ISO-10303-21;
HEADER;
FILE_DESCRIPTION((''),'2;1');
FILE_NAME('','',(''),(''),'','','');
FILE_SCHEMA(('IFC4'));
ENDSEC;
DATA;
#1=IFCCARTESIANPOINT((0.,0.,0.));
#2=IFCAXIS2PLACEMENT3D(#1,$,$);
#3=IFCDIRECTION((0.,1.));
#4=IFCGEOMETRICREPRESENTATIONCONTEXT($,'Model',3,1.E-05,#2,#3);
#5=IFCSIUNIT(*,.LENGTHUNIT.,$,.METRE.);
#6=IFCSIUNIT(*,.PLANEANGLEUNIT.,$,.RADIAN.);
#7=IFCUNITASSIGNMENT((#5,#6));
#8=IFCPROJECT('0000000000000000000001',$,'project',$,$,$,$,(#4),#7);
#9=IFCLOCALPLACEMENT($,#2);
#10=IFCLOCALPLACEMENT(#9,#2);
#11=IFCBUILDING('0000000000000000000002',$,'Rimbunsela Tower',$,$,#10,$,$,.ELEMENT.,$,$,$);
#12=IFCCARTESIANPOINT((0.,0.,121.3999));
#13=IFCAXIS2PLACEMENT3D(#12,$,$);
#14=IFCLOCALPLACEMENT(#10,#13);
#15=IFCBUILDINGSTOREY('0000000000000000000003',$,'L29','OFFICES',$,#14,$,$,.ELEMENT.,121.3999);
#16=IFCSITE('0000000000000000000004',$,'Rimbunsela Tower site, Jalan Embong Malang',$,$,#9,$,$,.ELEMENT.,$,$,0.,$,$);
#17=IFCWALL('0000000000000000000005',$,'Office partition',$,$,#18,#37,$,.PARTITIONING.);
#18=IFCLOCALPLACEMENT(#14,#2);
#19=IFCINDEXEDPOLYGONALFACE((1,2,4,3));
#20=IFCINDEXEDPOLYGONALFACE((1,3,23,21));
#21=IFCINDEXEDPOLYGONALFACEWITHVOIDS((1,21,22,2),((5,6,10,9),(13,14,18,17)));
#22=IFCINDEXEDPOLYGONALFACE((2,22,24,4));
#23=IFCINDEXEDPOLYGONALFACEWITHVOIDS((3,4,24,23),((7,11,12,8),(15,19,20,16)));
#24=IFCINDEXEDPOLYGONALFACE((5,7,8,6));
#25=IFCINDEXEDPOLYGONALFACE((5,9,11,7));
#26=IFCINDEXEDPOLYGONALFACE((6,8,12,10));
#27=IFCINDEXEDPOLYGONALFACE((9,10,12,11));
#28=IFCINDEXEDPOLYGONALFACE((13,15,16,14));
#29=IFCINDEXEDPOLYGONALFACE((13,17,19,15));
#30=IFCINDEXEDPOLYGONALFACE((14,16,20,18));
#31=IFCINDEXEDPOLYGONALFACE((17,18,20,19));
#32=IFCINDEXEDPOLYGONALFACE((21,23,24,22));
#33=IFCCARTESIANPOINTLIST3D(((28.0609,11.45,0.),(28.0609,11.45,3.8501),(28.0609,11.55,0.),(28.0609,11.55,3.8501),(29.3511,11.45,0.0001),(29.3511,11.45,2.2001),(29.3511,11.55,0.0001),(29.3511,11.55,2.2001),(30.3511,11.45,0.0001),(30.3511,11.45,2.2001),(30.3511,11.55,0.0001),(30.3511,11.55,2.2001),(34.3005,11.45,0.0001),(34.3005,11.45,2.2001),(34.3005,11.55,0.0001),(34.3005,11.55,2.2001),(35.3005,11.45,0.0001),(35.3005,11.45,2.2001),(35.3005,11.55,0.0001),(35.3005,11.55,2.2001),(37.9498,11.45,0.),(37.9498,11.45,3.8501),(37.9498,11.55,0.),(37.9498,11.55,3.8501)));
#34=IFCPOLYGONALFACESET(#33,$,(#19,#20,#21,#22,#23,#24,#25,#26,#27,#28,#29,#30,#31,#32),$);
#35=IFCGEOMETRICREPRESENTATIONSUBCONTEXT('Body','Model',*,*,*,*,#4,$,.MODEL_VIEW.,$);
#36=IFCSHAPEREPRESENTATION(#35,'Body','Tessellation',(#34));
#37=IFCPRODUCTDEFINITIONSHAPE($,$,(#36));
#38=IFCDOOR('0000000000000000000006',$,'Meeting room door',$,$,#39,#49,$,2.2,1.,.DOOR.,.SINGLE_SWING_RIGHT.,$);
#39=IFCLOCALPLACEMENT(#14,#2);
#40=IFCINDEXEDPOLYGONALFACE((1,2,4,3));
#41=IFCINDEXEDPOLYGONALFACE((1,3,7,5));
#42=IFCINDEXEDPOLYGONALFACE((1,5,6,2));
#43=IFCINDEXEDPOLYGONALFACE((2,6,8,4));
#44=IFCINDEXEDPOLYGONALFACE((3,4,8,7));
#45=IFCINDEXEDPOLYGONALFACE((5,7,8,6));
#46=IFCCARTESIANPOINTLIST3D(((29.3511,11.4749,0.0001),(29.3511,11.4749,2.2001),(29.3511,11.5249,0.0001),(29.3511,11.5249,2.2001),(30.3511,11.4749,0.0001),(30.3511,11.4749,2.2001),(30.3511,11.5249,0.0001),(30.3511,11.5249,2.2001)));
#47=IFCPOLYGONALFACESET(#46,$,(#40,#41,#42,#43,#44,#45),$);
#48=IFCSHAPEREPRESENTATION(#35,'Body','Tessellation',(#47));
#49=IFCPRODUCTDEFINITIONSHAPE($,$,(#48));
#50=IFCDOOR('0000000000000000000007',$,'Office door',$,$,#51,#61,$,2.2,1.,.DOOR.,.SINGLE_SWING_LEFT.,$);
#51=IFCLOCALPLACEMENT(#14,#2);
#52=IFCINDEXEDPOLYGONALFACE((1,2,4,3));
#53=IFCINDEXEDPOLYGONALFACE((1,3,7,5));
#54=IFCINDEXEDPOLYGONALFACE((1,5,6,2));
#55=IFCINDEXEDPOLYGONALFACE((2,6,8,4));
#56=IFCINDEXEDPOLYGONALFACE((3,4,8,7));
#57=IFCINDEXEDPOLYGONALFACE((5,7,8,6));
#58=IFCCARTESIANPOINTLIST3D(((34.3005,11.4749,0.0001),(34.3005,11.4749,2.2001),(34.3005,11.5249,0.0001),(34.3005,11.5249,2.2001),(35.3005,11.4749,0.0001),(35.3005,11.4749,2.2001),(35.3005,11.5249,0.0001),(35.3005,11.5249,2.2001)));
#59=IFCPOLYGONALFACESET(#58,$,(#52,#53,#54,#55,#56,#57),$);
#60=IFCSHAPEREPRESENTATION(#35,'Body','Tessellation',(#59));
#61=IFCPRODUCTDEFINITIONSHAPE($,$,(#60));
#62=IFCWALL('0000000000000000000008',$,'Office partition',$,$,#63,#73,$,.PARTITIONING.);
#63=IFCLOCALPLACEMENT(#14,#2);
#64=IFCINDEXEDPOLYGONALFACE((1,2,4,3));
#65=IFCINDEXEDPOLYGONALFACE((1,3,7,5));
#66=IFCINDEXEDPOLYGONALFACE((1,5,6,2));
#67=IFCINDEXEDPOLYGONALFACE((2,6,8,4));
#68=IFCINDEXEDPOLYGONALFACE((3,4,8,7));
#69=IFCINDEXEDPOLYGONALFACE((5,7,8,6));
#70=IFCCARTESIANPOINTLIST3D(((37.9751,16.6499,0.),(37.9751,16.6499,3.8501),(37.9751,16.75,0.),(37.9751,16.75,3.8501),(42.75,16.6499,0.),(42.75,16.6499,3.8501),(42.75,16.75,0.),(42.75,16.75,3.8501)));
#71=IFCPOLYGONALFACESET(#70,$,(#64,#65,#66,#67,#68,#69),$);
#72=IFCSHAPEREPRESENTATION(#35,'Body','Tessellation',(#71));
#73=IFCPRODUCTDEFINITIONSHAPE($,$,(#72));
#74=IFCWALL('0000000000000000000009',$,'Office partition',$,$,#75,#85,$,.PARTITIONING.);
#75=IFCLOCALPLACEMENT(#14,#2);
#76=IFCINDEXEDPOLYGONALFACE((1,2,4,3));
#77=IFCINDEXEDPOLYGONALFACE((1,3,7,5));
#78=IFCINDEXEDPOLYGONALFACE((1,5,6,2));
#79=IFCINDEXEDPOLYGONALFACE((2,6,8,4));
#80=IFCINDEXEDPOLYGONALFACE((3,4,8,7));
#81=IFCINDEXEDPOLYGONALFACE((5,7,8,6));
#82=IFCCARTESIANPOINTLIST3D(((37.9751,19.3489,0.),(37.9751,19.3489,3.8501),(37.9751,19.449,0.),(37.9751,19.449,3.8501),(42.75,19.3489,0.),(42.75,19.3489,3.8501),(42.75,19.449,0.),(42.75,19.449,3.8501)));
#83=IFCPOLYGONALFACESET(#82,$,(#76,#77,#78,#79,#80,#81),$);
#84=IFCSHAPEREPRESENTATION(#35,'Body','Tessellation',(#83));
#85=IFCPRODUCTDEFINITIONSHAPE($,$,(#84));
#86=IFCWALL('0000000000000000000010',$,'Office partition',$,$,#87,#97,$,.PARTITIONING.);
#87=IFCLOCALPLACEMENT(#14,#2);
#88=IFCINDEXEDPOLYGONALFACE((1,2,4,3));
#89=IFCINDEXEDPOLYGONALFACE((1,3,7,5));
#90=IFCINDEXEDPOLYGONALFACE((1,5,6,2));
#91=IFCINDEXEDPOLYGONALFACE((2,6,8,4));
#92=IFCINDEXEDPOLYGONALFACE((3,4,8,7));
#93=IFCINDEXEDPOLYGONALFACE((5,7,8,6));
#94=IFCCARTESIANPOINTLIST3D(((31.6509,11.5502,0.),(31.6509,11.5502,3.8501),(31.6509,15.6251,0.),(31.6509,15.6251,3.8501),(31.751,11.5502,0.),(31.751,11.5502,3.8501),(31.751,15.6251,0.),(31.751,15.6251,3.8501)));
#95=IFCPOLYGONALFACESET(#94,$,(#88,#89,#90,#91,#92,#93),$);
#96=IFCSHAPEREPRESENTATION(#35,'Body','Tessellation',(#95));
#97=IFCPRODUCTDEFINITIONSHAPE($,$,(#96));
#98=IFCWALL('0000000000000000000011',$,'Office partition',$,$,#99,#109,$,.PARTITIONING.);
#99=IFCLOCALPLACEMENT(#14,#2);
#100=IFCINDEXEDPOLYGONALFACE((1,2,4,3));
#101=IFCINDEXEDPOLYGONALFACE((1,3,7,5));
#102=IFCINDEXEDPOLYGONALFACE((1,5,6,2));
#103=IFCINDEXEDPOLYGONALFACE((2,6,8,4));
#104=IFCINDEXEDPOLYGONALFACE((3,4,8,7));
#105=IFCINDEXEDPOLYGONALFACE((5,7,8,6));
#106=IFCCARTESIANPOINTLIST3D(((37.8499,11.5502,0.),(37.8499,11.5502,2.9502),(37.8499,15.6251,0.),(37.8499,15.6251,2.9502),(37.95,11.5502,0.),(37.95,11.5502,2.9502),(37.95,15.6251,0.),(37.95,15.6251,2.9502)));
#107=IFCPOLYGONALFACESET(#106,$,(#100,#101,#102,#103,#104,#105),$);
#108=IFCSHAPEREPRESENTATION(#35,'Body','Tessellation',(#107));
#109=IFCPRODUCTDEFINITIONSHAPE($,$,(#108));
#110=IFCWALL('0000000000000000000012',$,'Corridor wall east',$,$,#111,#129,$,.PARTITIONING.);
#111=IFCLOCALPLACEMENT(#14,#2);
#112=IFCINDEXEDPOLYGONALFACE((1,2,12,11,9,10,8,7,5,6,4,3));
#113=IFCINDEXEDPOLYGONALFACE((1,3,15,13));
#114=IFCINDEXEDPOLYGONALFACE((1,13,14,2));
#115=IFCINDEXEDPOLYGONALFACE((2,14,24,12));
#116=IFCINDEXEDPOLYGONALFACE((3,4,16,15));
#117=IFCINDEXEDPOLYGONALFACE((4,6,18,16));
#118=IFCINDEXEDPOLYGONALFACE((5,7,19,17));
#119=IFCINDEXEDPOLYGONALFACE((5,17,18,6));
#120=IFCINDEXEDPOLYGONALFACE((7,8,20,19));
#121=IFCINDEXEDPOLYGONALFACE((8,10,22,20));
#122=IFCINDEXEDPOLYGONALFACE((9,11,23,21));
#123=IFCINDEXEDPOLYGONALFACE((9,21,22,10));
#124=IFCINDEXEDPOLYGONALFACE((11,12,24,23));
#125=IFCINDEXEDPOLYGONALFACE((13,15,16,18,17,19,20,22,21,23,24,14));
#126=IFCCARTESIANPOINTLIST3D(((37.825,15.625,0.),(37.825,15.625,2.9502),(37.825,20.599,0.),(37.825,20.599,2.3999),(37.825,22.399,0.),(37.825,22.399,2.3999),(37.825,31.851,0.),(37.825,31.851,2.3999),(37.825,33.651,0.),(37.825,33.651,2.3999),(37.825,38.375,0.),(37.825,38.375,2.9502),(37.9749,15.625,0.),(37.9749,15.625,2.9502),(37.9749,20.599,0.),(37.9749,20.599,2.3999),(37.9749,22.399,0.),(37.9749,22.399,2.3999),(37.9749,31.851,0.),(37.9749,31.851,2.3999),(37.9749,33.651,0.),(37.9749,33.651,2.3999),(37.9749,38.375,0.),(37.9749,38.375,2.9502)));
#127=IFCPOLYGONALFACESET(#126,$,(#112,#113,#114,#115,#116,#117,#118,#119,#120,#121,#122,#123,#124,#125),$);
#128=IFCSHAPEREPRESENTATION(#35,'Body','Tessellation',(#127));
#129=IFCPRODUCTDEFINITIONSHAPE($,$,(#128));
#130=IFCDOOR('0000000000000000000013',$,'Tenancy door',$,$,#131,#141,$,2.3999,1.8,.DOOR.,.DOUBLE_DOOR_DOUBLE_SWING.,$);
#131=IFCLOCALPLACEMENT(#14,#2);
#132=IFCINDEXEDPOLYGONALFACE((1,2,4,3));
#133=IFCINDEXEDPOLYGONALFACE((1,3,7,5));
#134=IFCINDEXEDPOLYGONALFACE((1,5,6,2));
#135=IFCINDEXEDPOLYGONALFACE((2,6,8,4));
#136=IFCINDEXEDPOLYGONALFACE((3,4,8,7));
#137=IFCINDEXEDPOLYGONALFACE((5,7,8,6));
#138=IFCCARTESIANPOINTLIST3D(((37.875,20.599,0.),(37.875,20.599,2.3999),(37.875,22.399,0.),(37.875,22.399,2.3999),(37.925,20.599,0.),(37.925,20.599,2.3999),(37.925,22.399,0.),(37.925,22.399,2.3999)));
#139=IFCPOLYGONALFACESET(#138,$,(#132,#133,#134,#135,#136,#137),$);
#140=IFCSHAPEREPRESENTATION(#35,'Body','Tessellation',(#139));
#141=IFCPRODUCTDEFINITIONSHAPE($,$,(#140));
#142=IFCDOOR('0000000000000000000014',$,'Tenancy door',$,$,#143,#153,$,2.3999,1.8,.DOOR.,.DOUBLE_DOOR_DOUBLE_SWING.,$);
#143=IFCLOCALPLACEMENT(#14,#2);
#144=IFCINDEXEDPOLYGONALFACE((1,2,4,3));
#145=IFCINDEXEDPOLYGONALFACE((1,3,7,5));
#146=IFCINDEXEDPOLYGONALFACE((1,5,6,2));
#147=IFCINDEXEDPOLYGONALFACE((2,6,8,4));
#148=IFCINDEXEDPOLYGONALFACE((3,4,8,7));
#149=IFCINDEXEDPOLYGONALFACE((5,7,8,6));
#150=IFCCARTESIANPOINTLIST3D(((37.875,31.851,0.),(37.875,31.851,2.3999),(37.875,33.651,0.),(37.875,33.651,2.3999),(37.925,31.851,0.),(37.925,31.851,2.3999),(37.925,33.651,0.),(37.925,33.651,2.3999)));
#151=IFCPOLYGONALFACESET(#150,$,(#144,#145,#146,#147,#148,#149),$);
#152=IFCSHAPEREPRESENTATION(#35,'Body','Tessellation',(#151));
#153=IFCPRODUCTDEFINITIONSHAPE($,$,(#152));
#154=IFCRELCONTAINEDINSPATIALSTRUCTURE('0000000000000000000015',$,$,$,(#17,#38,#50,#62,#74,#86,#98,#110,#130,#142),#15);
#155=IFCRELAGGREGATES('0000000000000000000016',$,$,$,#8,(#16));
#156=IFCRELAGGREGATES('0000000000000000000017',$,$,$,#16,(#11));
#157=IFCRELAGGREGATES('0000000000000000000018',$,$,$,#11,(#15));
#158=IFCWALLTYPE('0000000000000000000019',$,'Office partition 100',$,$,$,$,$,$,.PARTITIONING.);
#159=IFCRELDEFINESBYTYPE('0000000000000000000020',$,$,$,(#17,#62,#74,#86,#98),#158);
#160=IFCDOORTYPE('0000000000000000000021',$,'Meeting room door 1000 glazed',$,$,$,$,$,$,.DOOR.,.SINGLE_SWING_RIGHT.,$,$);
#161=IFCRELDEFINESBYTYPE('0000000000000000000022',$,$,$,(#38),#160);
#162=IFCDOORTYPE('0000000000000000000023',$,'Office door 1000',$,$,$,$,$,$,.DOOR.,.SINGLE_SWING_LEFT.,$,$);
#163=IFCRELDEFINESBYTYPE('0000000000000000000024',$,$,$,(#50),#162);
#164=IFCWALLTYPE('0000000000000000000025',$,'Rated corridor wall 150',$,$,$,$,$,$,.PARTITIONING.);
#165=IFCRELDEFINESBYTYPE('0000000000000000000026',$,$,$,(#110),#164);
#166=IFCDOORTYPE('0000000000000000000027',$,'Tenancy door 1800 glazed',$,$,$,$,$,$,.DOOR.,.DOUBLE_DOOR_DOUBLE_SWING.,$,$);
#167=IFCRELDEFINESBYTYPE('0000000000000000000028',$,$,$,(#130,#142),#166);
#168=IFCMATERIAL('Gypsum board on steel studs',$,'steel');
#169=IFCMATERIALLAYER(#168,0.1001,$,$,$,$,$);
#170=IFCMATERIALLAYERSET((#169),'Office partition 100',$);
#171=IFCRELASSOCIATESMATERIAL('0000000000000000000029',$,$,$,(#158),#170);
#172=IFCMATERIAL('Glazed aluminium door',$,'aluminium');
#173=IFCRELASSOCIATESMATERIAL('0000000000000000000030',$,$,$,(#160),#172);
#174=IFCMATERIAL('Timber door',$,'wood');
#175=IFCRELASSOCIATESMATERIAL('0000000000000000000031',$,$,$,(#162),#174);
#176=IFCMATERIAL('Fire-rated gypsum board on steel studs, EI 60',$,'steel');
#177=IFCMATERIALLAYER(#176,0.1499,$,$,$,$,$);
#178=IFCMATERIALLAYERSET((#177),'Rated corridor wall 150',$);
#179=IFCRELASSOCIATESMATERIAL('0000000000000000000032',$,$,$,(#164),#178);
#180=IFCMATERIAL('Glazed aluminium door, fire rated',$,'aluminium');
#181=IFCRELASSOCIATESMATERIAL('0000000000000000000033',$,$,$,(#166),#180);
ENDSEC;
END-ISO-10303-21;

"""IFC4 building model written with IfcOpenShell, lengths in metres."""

from ifc_helpers import new_model, si_unit, direction, frame, frame_2d, origin, place, context, subcontext, project, spatial, rectangle, extrude, material, layer, layer_set, type_object, element, fill, save


model = new_model("IFC4")

# Units and contexts
model_context = context("Model", 3, precision=1e-05, world=origin(), true_north=direction((0.0, 1.0)))
body_context = subcontext(model_context, "Body", "Model", "MODEL_VIEW")
ifc_project = project(units=[si_unit("LENGTHUNIT", "METRE"), si_unit("PLANEANGLEUNIT", "RADIAN")], contexts=[model_context])

# Site, building, storey
site_placement = place(None, origin())
site = spatial("IfcSite", under=ifc_project, at=site_placement, Name="Rimbunsela Tower site, Jalan Embong Malang", CompositionType="ELEMENT", RefElevation=0.0)
building_placement = place(site_placement, origin())
building = spatial("IfcBuilding", under=site, at=building_placement, Name="Rimbunsela Tower", CompositionType="ELEMENT")
storey_placement = place(building_placement, frame((0.0, 0.0, 121.3999)))
storey = spatial("IfcBuildingStorey", under=building, at=storey_placement, Name="L29", Description="OFFICES", CompositionType="ELEMENT", Elevation=121.3999)

# Wall, openings, doors
ifc_material_1 = material(Name="Gypsum board on steel studs", Category="steel")
ifc_layer_1 = layer(ifc_material_1, 0.1001)
ifc_layer_set_1 = layer_set([ifc_layer_1], Name="Office partition 100")
wall_type_1 = type_object("IfcWallType", Name="Office partition 100", PredefinedType="PARTITIONING", material=ifc_layer_set_1)
wall_1_placement = place(storey_placement, frame((28.061, 11.5, 0.0), z_axis=(0.0, 0.0, 1.0), x_axis=(1.0, 0.0, 0.0)))
wall_1 = element("IfcWall", 1, at=wall_1_placement, inside=storey, type_object=wall_type_1, Name="Office partition", PredefinedType="PARTITIONING", context=body_context, shape_type="SweptSolid", body=[
    extrude(rectangle(XDim=9.8889, YDim=0.1001, at=frame_2d((4.9443, 0.0))), origin(), (0.0, 0.0, 1.0), 3.8501),
])
opening_1_placement = place(wall_1_placement, frame((1.29, 0.0, 0.0)))
opening_1 = element("IfcOpeningElement", 2, at=opening_1_placement, cuts=wall_1, PredefinedType="OPENING", context=body_context, shape_type="SweptSolid", body=[
    extrude(rectangle(XDim=1.0, YDim=2.2, at=frame_2d((0.5, 1.1001))), frame((0.0, 0.0601, 0.0), z_axis=(0.0, -1.0, 0.0), x_axis=(1.0, 0.0, 0.0)), (0.0, 0.0, 1.0), 0.1201),
])
opening_2_placement = place(wall_1_placement, frame((6.2395, 0.0, 0.0)))
opening_2 = element("IfcOpeningElement", 3, at=opening_2_placement, cuts=wall_1, PredefinedType="OPENING", context=body_context, shape_type="SweptSolid", body=[
    extrude(rectangle(XDim=1.0, YDim=2.2, at=frame_2d((0.5, 1.1001))), frame((0.0, 0.0601, 0.0), z_axis=(0.0, -1.0, 0.0), x_axis=(1.0, 0.0, 0.0)), (0.0, 0.0, 1.0), 0.1201),
])
ifc_material_2 = material(Name="Glazed aluminium door", Category="aluminium")
door_type_1 = type_object("IfcDoorType", Name="Meeting room door 1000 glazed", OperationType="SINGLE_SWING_RIGHT", PredefinedType="DOOR", material=ifc_material_2)
door_1_placement = place(opening_1_placement, origin())
door_1 = element("IfcDoor", 4, at=door_1_placement, inside=storey, type_object=door_type_1, Name="Meeting room door", OperationType="SINGLE_SWING_RIGHT", OverallHeight=2.2, OverallWidth=1.0, PredefinedType="DOOR", context=body_context, shape_type="SweptSolid", body=[
    extrude(rectangle(XDim=1.0, YDim=2.2, at=frame_2d((0.5, 1.1001))), frame((0.0, 0.0249, 0.0), z_axis=(0.0, -1.0, 0.0), x_axis=(1.0, 0.0, 0.0)), (0.0, 0.0, 1.0), 0.05),
])
fill(opening_1, door_1)
ifc_material_3 = material(Name="Timber door", Category="wood")
door_type_2 = type_object("IfcDoorType", Name="Office door 1000", OperationType="SINGLE_SWING_LEFT", PredefinedType="DOOR", material=ifc_material_3)
door_2_placement = place(opening_2_placement, origin())
door_2 = element("IfcDoor", 5, at=door_2_placement, inside=storey, type_object=door_type_2, Name="Office door", OperationType="SINGLE_SWING_LEFT", OverallHeight=2.2, OverallWidth=1.0, PredefinedType="DOOR", context=body_context, shape_type="SweptSolid", body=[
    extrude(rectangle(XDim=1.0, YDim=2.2, at=frame_2d((0.5, 1.1001))), frame((0.0, 0.0249, 0.0), z_axis=(0.0, -1.0, 0.0), x_axis=(1.0, 0.0, 0.0)), (0.0, 0.0, 1.0), 0.05),
])
fill(opening_2, door_2)

# Walls
for number, where, z_axis, x_axis, name in (
    (6, (37.9751, 16.7, 0.0), (0.0, 0.0, 1.0), (1.0, 0.0, 0.0), "Office partition"),
    (7, (37.9751, 19.3989, 0.0), (0.0, 0.0, 1.0), (1.0, 0.0, 0.0), "Office partition"),
):
    element("IfcWall", number, at=place(storey_placement, frame(where, z_axis=z_axis, x_axis=x_axis)), inside=storey, type_object=wall_type_1, Name=name, PredefinedType="PARTITIONING", context=body_context, shape_type="SweptSolid", body=[
        extrude(rectangle(XDim=4.7749, YDim=0.1001, at=frame_2d((2.3875, 0.0))), origin(), (0.0, 0.0, 1.0), 3.8501),
    ])
wall_2_placement = place(storey_placement, frame((31.7009, 11.55, 0.0), z_axis=(0.0, 0.0, 1.0), x_axis=(0.0, 1.0, 0.0)))
element("IfcWall", 8, at=wall_2_placement, inside=storey, type_object=wall_type_1, Name="Office partition", PredefinedType="PARTITIONING", context=body_context, shape_type="SweptSolid", body=[
    extrude(rectangle(XDim=4.075, YDim=0.1001, at=frame_2d((2.0376, 0.0))), origin(), (0.0, 0.0, 1.0), 3.8501),
])
wall_3_placement = place(storey_placement, frame((37.8999, 11.55, 0.0), z_axis=(0.0, 0.0, 1.0), x_axis=(0.0, 1.0, 0.0)))
element("IfcWall", 9, at=wall_3_placement, inside=storey, type_object=wall_type_1, Name="Office partition", PredefinedType="PARTITIONING", context=body_context, shape_type="SweptSolid", body=[
    extrude(rectangle(XDim=4.075, YDim=0.1001, at=frame_2d((2.0376, 0.0))), origin(), (0.0, 0.0, 1.0), 2.9502),
])

# Wall, openings, doors
ifc_material_4 = material(Name="Fire-rated gypsum board on steel studs, EI 60", Category="steel")
ifc_layer_2 = layer(ifc_material_4, 0.1499)
ifc_layer_set_2 = layer_set([ifc_layer_2], Name="Rated corridor wall 150")
wall_type_2 = type_object("IfcWallType", Name="Rated corridor wall 150", PredefinedType="PARTITIONING", material=ifc_layer_set_2)
wall_4_placement = place(storey_placement, frame((37.8999, 15.625, 0.0), z_axis=(0.0, 0.0, 1.0), x_axis=(0.0, 1.0, 0.0)))
wall_4 = element("IfcWall", 10, at=wall_4_placement, inside=storey, type_object=wall_type_2, Name="Corridor wall east", PredefinedType="PARTITIONING", context=body_context, shape_type="SweptSolid", body=[
    extrude(rectangle(XDim=22.75, YDim=0.1499, at=frame_2d((11.375, 0.0))), origin(), (0.0, 0.0, 1.0), 2.9502),
])
opening_3_placement = place(wall_4_placement, frame((4.9741, 0.0, 0.0)))
opening_3 = element("IfcOpeningElement", 11, at=opening_3_placement, cuts=wall_4, PredefinedType="OPENING", context=body_context, shape_type="SweptSolid", body=[
    extrude(rectangle(XDim=1.8, YDim=2.3999, at=frame_2d((0.8999, 1.2))), frame((0.0, 0.085, 0.0), z_axis=(0.0, -1.0, 0.0), x_axis=(1.0, 0.0, 0.0)), (0.0, 0.0, 1.0), 0.1699),
])
opening_4_placement = place(wall_4_placement, frame((16.2261, 0.0, 0.0)))
opening_4 = element("IfcOpeningElement", 12, at=opening_4_placement, cuts=wall_4, PredefinedType="OPENING", context=body_context, shape_type="SweptSolid", body=[
    extrude(rectangle(XDim=1.8, YDim=2.3999, at=frame_2d((0.8999, 1.2))), frame((0.0, 0.085, 0.0), z_axis=(0.0, -1.0, 0.0), x_axis=(1.0, 0.0, 0.0)), (0.0, 0.0, 1.0), 0.1699),
])
ifc_material_5 = material(Name="Glazed aluminium door, fire rated", Category="aluminium")
door_type_3 = type_object("IfcDoorType", Name="Tenancy door 1800 glazed", OperationType="DOUBLE_DOOR_DOUBLE_SWING", PredefinedType="DOOR", material=ifc_material_5)
door_3_placement = place(opening_3_placement, origin())
door_3 = element("IfcDoor", 13, at=door_3_placement, inside=storey, type_object=door_type_3, Name="Tenancy door", OperationType="DOUBLE_DOOR_DOUBLE_SWING", OverallHeight=2.3999, OverallWidth=1.8, PredefinedType="DOOR", context=body_context, shape_type="SweptSolid", body=[
    extrude(rectangle(XDim=1.8, YDim=2.3999, at=frame_2d((0.8999, 1.2))), frame((0.0, 0.0249, 0.0), z_axis=(0.0, -1.0, 0.0), x_axis=(1.0, 0.0, 0.0)), (0.0, 0.0, 1.0), 0.05),
])
fill(opening_3, door_3)
door_4_placement = place(opening_4_placement, origin())
door_4 = element("IfcDoor", 14, at=door_4_placement, inside=storey, type_object=door_type_3, Name="Tenancy door", OperationType="DOUBLE_DOOR_DOUBLE_SWING", OverallHeight=2.3999, OverallWidth=1.8, PredefinedType="DOOR", context=body_context, shape_type="SweptSolid", body=[
    extrude(rectangle(XDim=1.8, YDim=2.3999, at=frame_2d((0.8999, 1.2))), frame((0.0, 0.0249, 0.0), z_axis=(0.0, -1.0, 0.0), x_axis=(1.0, 0.0, 0.0)), (0.0, 0.0, 1.0), 0.05),
])
fill(opening_4, door_4)

save(model, "model.ifc")
